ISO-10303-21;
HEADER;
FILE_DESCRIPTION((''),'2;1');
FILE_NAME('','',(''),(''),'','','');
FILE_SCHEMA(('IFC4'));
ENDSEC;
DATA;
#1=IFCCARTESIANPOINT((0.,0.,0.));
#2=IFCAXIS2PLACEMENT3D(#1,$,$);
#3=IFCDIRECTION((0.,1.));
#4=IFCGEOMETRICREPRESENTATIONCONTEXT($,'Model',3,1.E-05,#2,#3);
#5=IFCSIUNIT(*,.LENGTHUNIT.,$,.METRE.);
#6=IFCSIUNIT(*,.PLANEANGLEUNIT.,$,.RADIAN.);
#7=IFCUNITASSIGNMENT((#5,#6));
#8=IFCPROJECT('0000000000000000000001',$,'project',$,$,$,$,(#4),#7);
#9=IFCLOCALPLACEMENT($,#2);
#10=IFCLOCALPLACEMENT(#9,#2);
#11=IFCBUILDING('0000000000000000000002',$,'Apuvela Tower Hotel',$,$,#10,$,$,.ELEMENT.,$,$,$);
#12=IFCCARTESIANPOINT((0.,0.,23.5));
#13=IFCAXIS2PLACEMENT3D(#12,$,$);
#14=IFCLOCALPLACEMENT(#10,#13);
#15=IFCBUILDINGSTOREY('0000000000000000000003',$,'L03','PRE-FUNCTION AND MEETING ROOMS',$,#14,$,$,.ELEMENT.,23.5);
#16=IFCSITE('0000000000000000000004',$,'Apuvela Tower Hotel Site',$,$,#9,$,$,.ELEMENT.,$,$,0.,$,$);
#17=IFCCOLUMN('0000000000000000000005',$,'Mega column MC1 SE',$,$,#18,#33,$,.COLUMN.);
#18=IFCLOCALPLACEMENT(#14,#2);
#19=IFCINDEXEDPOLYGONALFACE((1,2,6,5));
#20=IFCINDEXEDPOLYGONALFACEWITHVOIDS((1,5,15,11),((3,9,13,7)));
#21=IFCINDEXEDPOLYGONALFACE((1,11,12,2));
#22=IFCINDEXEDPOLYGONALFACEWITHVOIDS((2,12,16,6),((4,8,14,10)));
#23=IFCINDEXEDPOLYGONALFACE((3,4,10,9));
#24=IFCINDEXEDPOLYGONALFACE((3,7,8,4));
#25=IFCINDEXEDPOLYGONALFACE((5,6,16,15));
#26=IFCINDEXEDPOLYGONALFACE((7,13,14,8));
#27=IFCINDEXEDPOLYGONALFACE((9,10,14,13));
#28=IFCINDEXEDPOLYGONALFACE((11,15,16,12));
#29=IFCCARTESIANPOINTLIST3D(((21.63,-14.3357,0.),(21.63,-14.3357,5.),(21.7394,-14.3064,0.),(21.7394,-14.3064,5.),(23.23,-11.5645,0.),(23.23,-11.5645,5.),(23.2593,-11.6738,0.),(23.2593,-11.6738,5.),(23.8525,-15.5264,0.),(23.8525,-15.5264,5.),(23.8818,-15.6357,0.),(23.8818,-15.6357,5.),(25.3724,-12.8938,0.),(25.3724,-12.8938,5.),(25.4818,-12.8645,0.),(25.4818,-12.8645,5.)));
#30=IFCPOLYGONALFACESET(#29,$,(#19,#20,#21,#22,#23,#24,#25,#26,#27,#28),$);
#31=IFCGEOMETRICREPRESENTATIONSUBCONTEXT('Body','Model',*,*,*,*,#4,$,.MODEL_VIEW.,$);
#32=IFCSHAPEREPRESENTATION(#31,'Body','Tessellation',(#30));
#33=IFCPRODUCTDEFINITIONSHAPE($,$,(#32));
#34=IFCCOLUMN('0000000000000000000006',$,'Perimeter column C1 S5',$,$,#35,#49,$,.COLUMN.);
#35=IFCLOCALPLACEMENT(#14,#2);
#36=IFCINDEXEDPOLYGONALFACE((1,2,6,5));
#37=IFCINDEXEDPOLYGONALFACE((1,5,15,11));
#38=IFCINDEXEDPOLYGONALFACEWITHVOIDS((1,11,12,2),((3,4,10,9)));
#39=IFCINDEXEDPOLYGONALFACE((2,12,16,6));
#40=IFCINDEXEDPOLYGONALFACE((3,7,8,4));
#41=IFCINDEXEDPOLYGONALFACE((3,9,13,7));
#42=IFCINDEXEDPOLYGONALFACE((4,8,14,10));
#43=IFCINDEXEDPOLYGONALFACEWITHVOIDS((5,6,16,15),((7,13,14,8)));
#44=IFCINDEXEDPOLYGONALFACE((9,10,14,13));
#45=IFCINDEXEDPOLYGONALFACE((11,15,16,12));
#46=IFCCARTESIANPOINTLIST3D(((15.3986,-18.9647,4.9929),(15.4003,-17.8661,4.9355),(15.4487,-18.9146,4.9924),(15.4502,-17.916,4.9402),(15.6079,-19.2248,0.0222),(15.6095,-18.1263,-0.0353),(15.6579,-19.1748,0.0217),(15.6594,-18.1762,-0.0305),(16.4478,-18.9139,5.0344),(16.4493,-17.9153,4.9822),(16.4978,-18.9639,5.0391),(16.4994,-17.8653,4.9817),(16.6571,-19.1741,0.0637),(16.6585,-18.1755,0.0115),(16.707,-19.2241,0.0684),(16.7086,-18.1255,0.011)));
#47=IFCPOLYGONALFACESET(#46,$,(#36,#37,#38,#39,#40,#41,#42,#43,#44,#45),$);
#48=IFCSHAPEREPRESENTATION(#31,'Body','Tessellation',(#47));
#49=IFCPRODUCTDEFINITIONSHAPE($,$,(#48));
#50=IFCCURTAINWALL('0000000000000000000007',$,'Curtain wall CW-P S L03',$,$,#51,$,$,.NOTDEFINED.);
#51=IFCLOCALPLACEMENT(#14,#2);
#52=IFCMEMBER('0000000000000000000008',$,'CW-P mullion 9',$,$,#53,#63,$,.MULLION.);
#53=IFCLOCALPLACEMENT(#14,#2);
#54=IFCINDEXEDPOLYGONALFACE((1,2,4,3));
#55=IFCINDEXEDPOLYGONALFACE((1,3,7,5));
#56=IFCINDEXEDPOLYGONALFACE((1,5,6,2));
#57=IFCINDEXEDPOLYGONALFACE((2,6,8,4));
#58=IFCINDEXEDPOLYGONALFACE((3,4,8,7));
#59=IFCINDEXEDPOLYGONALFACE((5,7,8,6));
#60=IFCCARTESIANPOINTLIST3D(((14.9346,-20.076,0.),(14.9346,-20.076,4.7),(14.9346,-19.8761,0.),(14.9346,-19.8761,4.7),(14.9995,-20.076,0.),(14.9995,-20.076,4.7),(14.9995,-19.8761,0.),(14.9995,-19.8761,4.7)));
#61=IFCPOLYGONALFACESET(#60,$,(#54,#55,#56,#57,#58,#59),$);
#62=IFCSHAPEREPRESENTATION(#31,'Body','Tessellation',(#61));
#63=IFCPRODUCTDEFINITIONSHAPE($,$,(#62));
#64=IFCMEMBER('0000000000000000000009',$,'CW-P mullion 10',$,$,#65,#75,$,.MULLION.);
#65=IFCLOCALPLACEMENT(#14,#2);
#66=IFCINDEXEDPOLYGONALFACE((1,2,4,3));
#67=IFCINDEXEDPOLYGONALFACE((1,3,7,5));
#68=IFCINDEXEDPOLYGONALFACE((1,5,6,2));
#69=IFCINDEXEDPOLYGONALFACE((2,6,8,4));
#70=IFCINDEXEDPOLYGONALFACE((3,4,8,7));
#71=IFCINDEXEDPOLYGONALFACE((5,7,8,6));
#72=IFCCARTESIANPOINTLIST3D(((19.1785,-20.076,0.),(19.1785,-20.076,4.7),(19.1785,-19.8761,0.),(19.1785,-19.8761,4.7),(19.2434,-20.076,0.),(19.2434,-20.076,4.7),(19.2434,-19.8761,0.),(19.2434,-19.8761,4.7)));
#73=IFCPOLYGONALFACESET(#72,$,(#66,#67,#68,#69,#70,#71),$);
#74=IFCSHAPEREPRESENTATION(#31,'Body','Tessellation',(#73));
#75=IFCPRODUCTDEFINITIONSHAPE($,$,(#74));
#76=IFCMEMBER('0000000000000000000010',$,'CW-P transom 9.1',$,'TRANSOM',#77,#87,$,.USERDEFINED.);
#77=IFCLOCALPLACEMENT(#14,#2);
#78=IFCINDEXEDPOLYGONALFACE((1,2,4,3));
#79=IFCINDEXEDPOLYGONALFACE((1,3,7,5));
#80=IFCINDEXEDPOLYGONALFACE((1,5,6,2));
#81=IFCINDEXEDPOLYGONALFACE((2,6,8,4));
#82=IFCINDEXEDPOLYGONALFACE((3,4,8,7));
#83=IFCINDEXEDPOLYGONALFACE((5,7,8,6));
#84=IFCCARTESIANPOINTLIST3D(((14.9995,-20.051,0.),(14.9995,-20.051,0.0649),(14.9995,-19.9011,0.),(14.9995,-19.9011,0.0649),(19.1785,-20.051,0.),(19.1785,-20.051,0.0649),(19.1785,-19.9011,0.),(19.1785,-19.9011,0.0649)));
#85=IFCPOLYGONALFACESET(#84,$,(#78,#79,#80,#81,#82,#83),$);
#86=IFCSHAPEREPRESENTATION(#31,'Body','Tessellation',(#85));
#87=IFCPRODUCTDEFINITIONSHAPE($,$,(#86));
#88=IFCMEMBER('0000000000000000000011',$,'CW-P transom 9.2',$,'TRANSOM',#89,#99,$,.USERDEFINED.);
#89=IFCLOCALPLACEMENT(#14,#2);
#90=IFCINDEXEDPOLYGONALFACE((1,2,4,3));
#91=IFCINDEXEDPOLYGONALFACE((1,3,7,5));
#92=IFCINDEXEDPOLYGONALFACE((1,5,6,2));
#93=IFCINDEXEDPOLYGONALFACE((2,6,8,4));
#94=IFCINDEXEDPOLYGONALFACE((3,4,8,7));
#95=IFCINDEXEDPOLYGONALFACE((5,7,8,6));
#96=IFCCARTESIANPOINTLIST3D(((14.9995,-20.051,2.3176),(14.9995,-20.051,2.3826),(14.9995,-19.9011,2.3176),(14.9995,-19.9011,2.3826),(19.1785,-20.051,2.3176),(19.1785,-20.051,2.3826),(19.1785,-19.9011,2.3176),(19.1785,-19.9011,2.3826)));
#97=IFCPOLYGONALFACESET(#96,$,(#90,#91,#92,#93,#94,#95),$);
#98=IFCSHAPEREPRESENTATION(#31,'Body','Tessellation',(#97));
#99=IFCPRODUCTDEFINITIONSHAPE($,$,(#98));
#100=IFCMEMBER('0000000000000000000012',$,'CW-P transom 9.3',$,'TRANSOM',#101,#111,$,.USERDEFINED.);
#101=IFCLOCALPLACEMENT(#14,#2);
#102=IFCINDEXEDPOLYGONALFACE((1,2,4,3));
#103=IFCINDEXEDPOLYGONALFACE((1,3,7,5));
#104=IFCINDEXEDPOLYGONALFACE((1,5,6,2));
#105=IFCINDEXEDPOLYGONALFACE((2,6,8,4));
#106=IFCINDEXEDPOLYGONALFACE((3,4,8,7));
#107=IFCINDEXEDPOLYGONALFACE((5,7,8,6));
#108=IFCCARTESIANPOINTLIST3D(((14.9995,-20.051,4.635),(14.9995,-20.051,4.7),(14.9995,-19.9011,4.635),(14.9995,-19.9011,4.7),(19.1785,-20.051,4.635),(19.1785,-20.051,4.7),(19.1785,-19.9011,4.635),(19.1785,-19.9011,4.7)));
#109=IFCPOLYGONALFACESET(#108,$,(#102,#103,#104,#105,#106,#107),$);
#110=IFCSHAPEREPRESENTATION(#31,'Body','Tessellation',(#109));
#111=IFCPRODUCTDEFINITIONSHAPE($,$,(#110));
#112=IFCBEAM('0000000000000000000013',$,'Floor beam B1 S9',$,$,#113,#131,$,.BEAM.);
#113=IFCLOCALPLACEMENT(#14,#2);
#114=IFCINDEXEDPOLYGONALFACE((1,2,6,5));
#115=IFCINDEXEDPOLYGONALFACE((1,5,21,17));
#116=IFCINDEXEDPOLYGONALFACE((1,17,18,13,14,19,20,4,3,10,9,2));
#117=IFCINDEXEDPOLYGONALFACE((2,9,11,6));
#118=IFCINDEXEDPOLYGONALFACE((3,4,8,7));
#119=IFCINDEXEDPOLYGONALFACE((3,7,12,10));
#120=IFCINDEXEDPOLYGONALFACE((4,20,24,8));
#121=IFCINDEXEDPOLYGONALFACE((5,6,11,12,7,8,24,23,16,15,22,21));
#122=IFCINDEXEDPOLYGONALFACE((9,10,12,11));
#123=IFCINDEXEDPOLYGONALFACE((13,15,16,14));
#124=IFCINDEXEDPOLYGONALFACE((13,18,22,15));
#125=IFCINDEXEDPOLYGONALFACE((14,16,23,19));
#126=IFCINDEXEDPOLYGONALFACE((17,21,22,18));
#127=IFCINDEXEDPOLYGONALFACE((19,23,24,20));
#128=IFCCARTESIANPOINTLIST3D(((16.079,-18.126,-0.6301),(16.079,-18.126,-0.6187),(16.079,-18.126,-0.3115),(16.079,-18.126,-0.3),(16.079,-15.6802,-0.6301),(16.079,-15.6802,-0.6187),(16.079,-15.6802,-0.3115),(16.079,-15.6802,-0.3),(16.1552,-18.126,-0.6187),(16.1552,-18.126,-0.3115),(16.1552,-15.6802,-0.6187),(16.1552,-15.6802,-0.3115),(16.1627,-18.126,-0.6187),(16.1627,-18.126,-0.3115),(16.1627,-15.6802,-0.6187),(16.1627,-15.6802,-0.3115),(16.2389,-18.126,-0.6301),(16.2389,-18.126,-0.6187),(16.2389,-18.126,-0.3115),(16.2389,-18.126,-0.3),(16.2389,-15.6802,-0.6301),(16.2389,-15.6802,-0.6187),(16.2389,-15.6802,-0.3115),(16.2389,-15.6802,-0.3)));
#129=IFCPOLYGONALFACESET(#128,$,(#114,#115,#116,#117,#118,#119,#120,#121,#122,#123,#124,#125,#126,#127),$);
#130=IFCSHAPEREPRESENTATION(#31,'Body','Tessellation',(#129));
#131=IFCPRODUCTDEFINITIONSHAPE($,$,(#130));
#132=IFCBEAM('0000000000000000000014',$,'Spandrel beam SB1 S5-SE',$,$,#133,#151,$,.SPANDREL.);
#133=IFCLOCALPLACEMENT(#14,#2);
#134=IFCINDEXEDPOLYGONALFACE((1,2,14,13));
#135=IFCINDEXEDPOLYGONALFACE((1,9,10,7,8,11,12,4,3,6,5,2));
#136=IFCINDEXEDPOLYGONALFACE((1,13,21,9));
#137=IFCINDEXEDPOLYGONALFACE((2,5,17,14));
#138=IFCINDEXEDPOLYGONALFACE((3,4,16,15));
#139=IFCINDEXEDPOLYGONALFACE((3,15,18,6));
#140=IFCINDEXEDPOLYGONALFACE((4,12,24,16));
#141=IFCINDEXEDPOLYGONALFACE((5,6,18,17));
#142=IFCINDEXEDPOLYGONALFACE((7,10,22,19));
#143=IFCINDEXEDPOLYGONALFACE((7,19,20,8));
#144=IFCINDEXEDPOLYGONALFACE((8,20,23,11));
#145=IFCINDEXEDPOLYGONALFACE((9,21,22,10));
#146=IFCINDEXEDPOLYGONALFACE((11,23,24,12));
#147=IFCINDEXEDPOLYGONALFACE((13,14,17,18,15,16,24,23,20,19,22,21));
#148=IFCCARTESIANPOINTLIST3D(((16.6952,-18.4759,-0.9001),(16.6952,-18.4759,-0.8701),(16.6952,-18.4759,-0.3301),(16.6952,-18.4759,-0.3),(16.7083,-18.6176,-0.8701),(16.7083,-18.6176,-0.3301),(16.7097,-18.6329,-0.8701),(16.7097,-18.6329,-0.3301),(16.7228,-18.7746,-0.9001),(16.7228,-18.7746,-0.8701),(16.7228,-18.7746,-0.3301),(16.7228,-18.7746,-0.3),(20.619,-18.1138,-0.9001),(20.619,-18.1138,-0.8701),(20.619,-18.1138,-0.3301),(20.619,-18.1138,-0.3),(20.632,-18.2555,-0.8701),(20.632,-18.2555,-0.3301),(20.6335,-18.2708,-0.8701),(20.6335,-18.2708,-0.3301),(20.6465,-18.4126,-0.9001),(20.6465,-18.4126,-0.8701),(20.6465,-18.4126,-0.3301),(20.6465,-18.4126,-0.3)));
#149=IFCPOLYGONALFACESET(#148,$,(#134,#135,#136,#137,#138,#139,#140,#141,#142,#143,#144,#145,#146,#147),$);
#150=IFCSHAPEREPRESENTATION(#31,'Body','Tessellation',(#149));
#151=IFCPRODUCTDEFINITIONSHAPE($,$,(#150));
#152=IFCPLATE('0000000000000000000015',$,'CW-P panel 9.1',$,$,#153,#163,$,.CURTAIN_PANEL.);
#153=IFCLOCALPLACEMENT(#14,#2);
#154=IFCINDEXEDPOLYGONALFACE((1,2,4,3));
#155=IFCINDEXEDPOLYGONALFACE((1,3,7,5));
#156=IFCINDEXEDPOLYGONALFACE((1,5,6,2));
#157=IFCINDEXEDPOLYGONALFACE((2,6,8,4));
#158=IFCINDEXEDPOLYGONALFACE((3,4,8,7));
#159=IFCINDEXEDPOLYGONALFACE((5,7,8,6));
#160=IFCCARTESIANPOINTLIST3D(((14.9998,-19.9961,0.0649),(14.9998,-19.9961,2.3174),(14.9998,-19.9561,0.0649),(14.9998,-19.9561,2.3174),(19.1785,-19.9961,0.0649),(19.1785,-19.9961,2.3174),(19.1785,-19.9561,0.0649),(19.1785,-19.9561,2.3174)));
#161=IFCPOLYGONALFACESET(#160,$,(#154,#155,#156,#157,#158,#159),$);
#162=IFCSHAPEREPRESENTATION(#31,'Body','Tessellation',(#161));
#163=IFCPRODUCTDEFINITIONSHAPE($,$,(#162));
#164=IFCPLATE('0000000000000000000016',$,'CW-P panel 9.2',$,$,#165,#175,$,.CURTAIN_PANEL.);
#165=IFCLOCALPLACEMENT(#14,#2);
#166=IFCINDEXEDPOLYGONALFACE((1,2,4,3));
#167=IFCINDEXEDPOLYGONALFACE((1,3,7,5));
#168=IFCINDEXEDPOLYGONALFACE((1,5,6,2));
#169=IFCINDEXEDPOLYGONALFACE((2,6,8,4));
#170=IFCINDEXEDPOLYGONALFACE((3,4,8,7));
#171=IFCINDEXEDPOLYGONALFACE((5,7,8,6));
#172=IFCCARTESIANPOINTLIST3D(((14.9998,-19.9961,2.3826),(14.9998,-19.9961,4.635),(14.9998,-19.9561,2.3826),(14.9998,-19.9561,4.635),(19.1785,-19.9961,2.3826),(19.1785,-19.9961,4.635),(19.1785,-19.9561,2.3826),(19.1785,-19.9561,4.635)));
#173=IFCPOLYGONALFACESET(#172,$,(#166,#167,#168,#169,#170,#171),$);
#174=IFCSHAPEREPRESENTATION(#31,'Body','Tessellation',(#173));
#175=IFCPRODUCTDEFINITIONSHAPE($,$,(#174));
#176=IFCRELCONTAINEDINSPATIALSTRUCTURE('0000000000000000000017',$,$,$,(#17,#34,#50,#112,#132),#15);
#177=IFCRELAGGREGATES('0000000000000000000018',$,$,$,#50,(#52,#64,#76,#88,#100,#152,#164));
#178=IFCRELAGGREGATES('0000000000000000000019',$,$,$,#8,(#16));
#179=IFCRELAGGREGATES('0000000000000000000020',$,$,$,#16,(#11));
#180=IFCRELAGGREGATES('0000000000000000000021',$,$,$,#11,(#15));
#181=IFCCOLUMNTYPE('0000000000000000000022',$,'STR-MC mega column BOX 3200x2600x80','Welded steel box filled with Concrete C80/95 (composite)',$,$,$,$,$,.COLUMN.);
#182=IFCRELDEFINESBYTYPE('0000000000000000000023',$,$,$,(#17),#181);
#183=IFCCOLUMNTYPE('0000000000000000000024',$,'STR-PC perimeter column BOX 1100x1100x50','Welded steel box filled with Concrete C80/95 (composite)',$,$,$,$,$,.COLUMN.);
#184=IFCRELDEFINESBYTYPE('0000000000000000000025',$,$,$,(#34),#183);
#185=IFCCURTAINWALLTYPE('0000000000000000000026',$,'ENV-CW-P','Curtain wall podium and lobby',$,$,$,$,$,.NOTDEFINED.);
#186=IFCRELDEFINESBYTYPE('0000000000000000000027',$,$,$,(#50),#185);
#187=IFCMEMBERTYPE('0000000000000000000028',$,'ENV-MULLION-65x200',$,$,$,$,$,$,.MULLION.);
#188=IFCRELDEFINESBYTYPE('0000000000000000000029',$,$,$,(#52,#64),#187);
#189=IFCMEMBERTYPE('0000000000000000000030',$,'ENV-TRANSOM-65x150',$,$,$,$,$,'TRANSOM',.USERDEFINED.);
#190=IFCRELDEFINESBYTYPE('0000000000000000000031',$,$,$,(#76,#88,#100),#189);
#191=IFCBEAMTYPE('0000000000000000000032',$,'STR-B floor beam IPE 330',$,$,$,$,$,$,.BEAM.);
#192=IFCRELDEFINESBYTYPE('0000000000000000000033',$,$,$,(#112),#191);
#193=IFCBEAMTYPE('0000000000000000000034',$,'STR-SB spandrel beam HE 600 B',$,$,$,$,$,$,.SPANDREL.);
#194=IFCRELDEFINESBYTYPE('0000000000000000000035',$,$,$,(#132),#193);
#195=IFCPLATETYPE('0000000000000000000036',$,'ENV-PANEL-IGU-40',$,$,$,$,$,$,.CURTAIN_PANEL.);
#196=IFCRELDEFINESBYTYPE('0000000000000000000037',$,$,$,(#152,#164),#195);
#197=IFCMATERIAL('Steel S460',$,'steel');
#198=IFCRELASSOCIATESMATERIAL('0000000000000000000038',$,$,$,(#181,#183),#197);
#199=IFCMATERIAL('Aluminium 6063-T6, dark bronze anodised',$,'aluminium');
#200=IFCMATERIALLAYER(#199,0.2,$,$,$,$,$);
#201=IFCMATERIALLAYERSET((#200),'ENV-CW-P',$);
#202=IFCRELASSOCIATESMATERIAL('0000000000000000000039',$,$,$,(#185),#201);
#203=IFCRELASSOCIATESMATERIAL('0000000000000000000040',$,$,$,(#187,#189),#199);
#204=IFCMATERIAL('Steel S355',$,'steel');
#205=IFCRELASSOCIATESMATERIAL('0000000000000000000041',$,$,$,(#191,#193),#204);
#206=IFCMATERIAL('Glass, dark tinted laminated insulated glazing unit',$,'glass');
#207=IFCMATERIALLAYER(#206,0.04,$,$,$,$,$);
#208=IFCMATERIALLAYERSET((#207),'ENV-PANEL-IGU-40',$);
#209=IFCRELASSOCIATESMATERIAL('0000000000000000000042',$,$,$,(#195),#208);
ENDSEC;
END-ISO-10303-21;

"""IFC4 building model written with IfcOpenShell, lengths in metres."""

from ifc_helpers import new_model, si_unit, direction, frame, origin, origin_2d, place, context, subcontext, project, spatial, rectangle, hollow_rectangle, i_section, extrude, boolean, halfspace, material, layer, layer_set, material_profile, profile_set, type_object, element, aggregate, save


model = new_model("IFC4")

# Units and contexts
model_context = context("Model", 3, precision=1e-05, world=origin(), true_north=direction((0.0, 1.0)))
body_context = subcontext(model_context, "Body", "Model", "MODEL_VIEW")
ifc_project = project(units=[si_unit("LENGTHUNIT", "METRE"), si_unit("PLANEANGLEUNIT", "RADIAN")], contexts=[model_context])

# Site, building, storey
site_placement = place(None, origin())
site = spatial("IfcSite", under=ifc_project, at=site_placement, Name="Apuvela Tower Hotel Site", CompositionType="ELEMENT", RefElevation=0.0)
building_placement = place(site_placement, origin())
building = spatial("IfcBuilding", under=site, at=building_placement, Name="Apuvela Tower Hotel", CompositionType="ELEMENT")
storey_placement = place(building_placement, frame((0.0, 0.0, 23.5)))
storey = spatial("IfcBuildingStorey", under=building, at=storey_placement, Name="L03", Description="PRE-FUNCTION AND MEETING ROOMS", CompositionType="ELEMENT", Elevation=23.5)

# Columns
ifc_material_1 = material(Name="Steel S460", Category="steel")
ifc_material_profile_1 = material_profile(ifc_material_1, hollow_rectangle(XDim=3.2, YDim=2.6001, WallThickness=0.0801, at=origin_2d()), Name="BOX 3200x2600x80")
ifc_material_2 = material(Name="Concrete C80/95", Category="concrete")
ifc_material_profile_2 = material_profile(ifc_material_2, rectangle(XDim=3.04, YDim=2.4399, at=origin_2d()), Name="Concrete C80/95 infill")
ifc_profile_set_1 = profile_set([ifc_material_profile_1, ifc_material_profile_2], Name="Steel S460")
column_type_1 = type_object("IfcColumnType", Name="STR-MC mega column BOX 3200x2600x80", Description="Welded steel box filled with Concrete C80/95 (composite)", PredefinedType="COLUMN", material=ifc_profile_set_1)
column_1_placement = place(storey_placement, frame((23.5559, -13.6001, 0.0), z_axis=(0.0, 0.0, 1.0), x_axis=(0.5, 0.866025, 0.0)))
element("IfcColumn", 1, at=column_1_placement, inside=storey, type_object=column_type_1, Name="Mega column MC1 SE", PredefinedType="COLUMN", context=body_context, shape_type="SweptSolid", body=[
    extrude(hollow_rectangle(XDim=3.2, YDim=2.6001, WallThickness=0.0801, at=origin_2d()), origin(), (0.0, 0.0, 1.0), 5.0),
])
ifc_material_profile_3 = material_profile(ifc_material_1, hollow_rectangle(XDim=1.1001, YDim=1.1001, WallThickness=0.05, at=origin_2d()), Name="BOX 1100x1100x50")
ifc_material_profile_4 = material_profile(ifc_material_2, rectangle(XDim=1.0, YDim=1.0, at=origin_2d()), Name="Concrete C80/95 infill")
ifc_profile_set_2 = profile_set([ifc_material_profile_3, ifc_material_profile_4], Name="Steel S460")
column_type_2 = type_object("IfcColumnType", Name="STR-PC perimeter column BOX 1100x1100x50", Description="Welded steel box filled with Concrete C80/95 (composite)", PredefinedType="COLUMN", material=ifc_profile_set_2)
column_2_placement = place(storey_placement, frame((16.1589, -18.676, 0.0), z_axis=(-0.041995, 0.052226, 0.997752), x_axis=(0.999117, 0.000713, 0.042015)))
element("IfcColumn", 2, at=column_2_placement, inside=storey, type_object=column_type_2, Name="Perimeter column C1 S5", PredefinedType="COLUMN", context=body_context, shape_type="SweptSolid", body=[
    boolean("DIFFERENCE", boolean("DIFFERENCE", extrude(hollow_rectangle(XDim=1.1001, YDim=1.1001, WallThickness=0.05, at=origin_2d()), origin(), (0.0, 0.0, 1.0), 5.0112), halfspace(frame((0.0, 0.0, 0.0166), z_axis=(0.0, 0.0, 1.0), x_axis=(1.0, 0.0, 0.0)), True)), halfspace(frame((0.0, 0.0, 4.9985), z_axis=(0.0, 0.0, 1.0), x_axis=(1.0, 0.0, 0.0)), False)),
])

# Curtain wall, members
ifc_material_3 = material(Name="Aluminium 6063-T6, dark bronze anodised", Category="aluminium")
ifc_layer_1 = layer(ifc_material_3, 0.2)
ifc_layer_set_1 = layer_set([ifc_layer_1], Name="ENV-CW-P")
curtain_wall_type = type_object("IfcCurtainWallType", Name="ENV-CW-P", Description="Curtain wall podium and lobby", PredefinedType="NOTDEFINED", material=ifc_layer_set_1)
curtain_wall_placement = place(storey_placement, origin())
curtain_wall = element("IfcCurtainWall", 3, at=curtain_wall_placement, inside=storey, type_object=curtain_wall_type, Name="Curtain wall CW-P S L03", PredefinedType="NOTDEFINED")
ifc_material_profile_5 = material_profile(ifc_material_3, rectangle(XDim=0.2, YDim=0.0649, at=origin_2d()), Name="AL 65x200")
ifc_profile_set_3 = profile_set([ifc_material_profile_5], Name="Aluminium 6063-T6, dark bronze anodised")
member_type_1 = type_object("IfcMemberType", Name="ENV-MULLION-65x200", PredefinedType="MULLION", material=ifc_profile_set_3)
member_1_placement = place(storey_placement, frame((14.967, -19.9761, 0.0), z_axis=(0.0, 0.0, 1.0), x_axis=(0.0, 1.0, 0.0)))
member_1 = element("IfcMember", 4, at=member_1_placement, type_object=member_type_1, Name="CW-P mullion 9", PredefinedType="MULLION", context=body_context, shape_type="SweptSolid", body=[
    extrude(rectangle(XDim=0.2, YDim=0.0649, at=origin_2d()), origin(), (0.0, 0.0, 1.0), 4.7),
])
member_2_placement = place(storey_placement, frame((19.2109, -19.9761, 0.0), z_axis=(0.0, 0.0, 1.0), x_axis=(0.0, 1.0, 0.0)))
member_2 = element("IfcMember", 5, at=member_2_placement, type_object=member_type_1, Name="CW-P mullion 10", PredefinedType="MULLION", context=body_context, shape_type="SweptSolid", body=[
    extrude(rectangle(XDim=0.2, YDim=0.0649, at=origin_2d()), origin(), (0.0, 0.0, 1.0), 4.7),
])
ifc_material_profile_6 = material_profile(ifc_material_3, rectangle(XDim=0.1499, YDim=0.0649, at=origin_2d()), Name="AL 65x150 transom")
ifc_profile_set_4 = profile_set([ifc_material_profile_6], Name="Aluminium 6063-T6, dark bronze anodised")
member_type_2 = type_object("IfcMemberType", Name="ENV-TRANSOM-65x150", ElementType="TRANSOM", PredefinedType="USERDEFINED", material=ifc_profile_set_4)
member_3_placement = place(storey_placement, frame((14.9995, -19.9761, 0.0325), z_axis=(1.0, 0.0, 0.0), x_axis=(0.0, 1.0, 0.0)))
member_3 = element("IfcMember", 6, at=member_3_placement, type_object=member_type_2, Name="CW-P transom 9.1", ObjectType="TRANSOM", PredefinedType="USERDEFINED", context=body_context, shape_type="SweptSolid", body=[
    extrude(rectangle(XDim=0.1499, YDim=0.0649, at=origin_2d()), origin(), (0.0, 0.0, 1.0), 4.179),
])
member_4_placement = place(storey_placement, frame((14.9995, -19.9761, 2.3501), z_axis=(1.0, 0.0, 0.0), x_axis=(0.0, 1.0, 0.0)))
member_4 = element("IfcMember", 7, at=member_4_placement, type_object=member_type_2, Name="CW-P transom 9.2", ObjectType="TRANSOM", PredefinedType="USERDEFINED", context=body_context, shape_type="SweptSolid", body=[
    extrude(rectangle(XDim=0.1499, YDim=0.0649, at=origin_2d()), origin(), (0.0, 0.0, 1.0), 4.179),
])
member_5_placement = place(storey_placement, frame((14.9995, -19.9761, 4.6675), z_axis=(1.0, 0.0, 0.0), x_axis=(0.0, 1.0, 0.0)))
member_5 = element("IfcMember", 8, at=member_5_placement, type_object=member_type_2, Name="CW-P transom 9.3", ObjectType="TRANSOM", PredefinedType="USERDEFINED", context=body_context, shape_type="SweptSolid", body=[
    extrude(rectangle(XDim=0.1499, YDim=0.0649, at=origin_2d()), origin(), (0.0, 0.0, 1.0), 4.179),
])

# Beams
ifc_material_4 = material(Name="Steel S355", Category="steel")
ifc_material_profile_7 = material_profile(ifc_material_4, i_section(OverallWidth=0.1599, OverallDepth=0.3301, WebThickness=0.0076, FlangeThickness=0.0115, at=origin_2d()), Name="IPE 330")
ifc_profile_set_5 = profile_set([ifc_material_profile_7], Name="Steel S355")
beam_type_1 = type_object("IfcBeamType", Name="STR-B floor beam IPE 330", PredefinedType="BEAM", material=ifc_profile_set_5)
beam_1_placement = place(storey_placement, frame((16.1589, -18.126, -0.4651), z_axis=(0.0, 1.0, 0.0), x_axis=(-1.0, 0.0, 0.0)))
element("IfcBeam", 9, at=beam_1_placement, inside=storey, type_object=beam_type_1, Name="Floor beam B1 S9", PredefinedType="BEAM", context=body_context, shape_type="SweptSolid", body=[
    extrude(i_section(OverallWidth=0.1599, OverallDepth=0.3301, WebThickness=0.0076, FlangeThickness=0.0115, at=origin_2d()), origin(), (0.0, 0.0, 1.0), 2.4458),
])
ifc_material_profile_8 = material_profile(ifc_material_4, i_section(OverallWidth=0.3, OverallDepth=0.6001, WebThickness=0.0154, FlangeThickness=0.03, at=origin_2d()), Name="HE 600 B")
ifc_profile_set_6 = profile_set([ifc_material_profile_8], Name="Steel S355")
beam_type_2 = type_object("IfcBeamType", Name="STR-SB spandrel beam HE 600 B", PredefinedType="SPANDREL", material=ifc_profile_set_6)
beam_2_placement = place(storey_placement, frame((16.709, -18.6252, -0.6001), z_axis=(0.99577, 0.091882, 0.0), x_axis=(-0.091882, 0.99577, 0.0)))
element("IfcBeam", 10, at=beam_2_placement, inside=storey, type_object=beam_type_2, Name="Spandrel beam SB1 S5-SE", PredefinedType="SPANDREL", context=body_context, shape_type="SweptSolid", body=[
    extrude(i_section(OverallWidth=0.3, OverallDepth=0.6001, WebThickness=0.0154, FlangeThickness=0.03, at=origin_2d()), origin(), (0.0, 0.0, 1.0), 3.9404),
])

# Plates
ifc_material_5 = material(Name="Glass, dark tinted laminated insulated glazing unit", Category="glass")
ifc_layer_2 = layer(ifc_material_5, 0.04)
ifc_layer_set_2 = layer_set([ifc_layer_2], Name="ENV-PANEL-IGU-40")
plate_type = type_object("IfcPlateType", Name="ENV-PANEL-IGU-40", PredefinedType="CURTAIN_PANEL", material=ifc_layer_set_2)
plate_1_placement = place(storey_placement, frame((17.0891, -19.9761, 0.0649), z_axis=(0.0, 0.0, 1.0), x_axis=(1.0, 0.0, 0.0)))
plate_1 = element("IfcPlate", 11, at=plate_1_placement, type_object=plate_type, Name="CW-P panel 9.1", PredefinedType="CURTAIN_PANEL", context=body_context, shape_type="SweptSolid", body=[
    extrude(rectangle(XDim=4.1787, YDim=0.04, at=origin_2d()), origin(), (0.0, 0.0, 1.0), 2.2524),
])
plate_2_placement = place(storey_placement, frame((17.0891, -19.9761, 2.3826), z_axis=(0.0, 0.0, 1.0), x_axis=(1.0, 0.0, 0.0)))
plate_2 = element("IfcPlate", 12, at=plate_2_placement, type_object=plate_type, Name="CW-P panel 9.2", PredefinedType="CURTAIN_PANEL", context=body_context, shape_type="SweptSolid", body=[
    extrude(rectangle(XDim=4.1787, YDim=0.04, at=origin_2d()), origin(), (0.0, 0.0, 1.0), 2.2524),
])
aggregate(curtain_wall, [member_1, member_2, member_3, member_4, member_5, plate_1, plate_2])

save(model, "model.ifc")
